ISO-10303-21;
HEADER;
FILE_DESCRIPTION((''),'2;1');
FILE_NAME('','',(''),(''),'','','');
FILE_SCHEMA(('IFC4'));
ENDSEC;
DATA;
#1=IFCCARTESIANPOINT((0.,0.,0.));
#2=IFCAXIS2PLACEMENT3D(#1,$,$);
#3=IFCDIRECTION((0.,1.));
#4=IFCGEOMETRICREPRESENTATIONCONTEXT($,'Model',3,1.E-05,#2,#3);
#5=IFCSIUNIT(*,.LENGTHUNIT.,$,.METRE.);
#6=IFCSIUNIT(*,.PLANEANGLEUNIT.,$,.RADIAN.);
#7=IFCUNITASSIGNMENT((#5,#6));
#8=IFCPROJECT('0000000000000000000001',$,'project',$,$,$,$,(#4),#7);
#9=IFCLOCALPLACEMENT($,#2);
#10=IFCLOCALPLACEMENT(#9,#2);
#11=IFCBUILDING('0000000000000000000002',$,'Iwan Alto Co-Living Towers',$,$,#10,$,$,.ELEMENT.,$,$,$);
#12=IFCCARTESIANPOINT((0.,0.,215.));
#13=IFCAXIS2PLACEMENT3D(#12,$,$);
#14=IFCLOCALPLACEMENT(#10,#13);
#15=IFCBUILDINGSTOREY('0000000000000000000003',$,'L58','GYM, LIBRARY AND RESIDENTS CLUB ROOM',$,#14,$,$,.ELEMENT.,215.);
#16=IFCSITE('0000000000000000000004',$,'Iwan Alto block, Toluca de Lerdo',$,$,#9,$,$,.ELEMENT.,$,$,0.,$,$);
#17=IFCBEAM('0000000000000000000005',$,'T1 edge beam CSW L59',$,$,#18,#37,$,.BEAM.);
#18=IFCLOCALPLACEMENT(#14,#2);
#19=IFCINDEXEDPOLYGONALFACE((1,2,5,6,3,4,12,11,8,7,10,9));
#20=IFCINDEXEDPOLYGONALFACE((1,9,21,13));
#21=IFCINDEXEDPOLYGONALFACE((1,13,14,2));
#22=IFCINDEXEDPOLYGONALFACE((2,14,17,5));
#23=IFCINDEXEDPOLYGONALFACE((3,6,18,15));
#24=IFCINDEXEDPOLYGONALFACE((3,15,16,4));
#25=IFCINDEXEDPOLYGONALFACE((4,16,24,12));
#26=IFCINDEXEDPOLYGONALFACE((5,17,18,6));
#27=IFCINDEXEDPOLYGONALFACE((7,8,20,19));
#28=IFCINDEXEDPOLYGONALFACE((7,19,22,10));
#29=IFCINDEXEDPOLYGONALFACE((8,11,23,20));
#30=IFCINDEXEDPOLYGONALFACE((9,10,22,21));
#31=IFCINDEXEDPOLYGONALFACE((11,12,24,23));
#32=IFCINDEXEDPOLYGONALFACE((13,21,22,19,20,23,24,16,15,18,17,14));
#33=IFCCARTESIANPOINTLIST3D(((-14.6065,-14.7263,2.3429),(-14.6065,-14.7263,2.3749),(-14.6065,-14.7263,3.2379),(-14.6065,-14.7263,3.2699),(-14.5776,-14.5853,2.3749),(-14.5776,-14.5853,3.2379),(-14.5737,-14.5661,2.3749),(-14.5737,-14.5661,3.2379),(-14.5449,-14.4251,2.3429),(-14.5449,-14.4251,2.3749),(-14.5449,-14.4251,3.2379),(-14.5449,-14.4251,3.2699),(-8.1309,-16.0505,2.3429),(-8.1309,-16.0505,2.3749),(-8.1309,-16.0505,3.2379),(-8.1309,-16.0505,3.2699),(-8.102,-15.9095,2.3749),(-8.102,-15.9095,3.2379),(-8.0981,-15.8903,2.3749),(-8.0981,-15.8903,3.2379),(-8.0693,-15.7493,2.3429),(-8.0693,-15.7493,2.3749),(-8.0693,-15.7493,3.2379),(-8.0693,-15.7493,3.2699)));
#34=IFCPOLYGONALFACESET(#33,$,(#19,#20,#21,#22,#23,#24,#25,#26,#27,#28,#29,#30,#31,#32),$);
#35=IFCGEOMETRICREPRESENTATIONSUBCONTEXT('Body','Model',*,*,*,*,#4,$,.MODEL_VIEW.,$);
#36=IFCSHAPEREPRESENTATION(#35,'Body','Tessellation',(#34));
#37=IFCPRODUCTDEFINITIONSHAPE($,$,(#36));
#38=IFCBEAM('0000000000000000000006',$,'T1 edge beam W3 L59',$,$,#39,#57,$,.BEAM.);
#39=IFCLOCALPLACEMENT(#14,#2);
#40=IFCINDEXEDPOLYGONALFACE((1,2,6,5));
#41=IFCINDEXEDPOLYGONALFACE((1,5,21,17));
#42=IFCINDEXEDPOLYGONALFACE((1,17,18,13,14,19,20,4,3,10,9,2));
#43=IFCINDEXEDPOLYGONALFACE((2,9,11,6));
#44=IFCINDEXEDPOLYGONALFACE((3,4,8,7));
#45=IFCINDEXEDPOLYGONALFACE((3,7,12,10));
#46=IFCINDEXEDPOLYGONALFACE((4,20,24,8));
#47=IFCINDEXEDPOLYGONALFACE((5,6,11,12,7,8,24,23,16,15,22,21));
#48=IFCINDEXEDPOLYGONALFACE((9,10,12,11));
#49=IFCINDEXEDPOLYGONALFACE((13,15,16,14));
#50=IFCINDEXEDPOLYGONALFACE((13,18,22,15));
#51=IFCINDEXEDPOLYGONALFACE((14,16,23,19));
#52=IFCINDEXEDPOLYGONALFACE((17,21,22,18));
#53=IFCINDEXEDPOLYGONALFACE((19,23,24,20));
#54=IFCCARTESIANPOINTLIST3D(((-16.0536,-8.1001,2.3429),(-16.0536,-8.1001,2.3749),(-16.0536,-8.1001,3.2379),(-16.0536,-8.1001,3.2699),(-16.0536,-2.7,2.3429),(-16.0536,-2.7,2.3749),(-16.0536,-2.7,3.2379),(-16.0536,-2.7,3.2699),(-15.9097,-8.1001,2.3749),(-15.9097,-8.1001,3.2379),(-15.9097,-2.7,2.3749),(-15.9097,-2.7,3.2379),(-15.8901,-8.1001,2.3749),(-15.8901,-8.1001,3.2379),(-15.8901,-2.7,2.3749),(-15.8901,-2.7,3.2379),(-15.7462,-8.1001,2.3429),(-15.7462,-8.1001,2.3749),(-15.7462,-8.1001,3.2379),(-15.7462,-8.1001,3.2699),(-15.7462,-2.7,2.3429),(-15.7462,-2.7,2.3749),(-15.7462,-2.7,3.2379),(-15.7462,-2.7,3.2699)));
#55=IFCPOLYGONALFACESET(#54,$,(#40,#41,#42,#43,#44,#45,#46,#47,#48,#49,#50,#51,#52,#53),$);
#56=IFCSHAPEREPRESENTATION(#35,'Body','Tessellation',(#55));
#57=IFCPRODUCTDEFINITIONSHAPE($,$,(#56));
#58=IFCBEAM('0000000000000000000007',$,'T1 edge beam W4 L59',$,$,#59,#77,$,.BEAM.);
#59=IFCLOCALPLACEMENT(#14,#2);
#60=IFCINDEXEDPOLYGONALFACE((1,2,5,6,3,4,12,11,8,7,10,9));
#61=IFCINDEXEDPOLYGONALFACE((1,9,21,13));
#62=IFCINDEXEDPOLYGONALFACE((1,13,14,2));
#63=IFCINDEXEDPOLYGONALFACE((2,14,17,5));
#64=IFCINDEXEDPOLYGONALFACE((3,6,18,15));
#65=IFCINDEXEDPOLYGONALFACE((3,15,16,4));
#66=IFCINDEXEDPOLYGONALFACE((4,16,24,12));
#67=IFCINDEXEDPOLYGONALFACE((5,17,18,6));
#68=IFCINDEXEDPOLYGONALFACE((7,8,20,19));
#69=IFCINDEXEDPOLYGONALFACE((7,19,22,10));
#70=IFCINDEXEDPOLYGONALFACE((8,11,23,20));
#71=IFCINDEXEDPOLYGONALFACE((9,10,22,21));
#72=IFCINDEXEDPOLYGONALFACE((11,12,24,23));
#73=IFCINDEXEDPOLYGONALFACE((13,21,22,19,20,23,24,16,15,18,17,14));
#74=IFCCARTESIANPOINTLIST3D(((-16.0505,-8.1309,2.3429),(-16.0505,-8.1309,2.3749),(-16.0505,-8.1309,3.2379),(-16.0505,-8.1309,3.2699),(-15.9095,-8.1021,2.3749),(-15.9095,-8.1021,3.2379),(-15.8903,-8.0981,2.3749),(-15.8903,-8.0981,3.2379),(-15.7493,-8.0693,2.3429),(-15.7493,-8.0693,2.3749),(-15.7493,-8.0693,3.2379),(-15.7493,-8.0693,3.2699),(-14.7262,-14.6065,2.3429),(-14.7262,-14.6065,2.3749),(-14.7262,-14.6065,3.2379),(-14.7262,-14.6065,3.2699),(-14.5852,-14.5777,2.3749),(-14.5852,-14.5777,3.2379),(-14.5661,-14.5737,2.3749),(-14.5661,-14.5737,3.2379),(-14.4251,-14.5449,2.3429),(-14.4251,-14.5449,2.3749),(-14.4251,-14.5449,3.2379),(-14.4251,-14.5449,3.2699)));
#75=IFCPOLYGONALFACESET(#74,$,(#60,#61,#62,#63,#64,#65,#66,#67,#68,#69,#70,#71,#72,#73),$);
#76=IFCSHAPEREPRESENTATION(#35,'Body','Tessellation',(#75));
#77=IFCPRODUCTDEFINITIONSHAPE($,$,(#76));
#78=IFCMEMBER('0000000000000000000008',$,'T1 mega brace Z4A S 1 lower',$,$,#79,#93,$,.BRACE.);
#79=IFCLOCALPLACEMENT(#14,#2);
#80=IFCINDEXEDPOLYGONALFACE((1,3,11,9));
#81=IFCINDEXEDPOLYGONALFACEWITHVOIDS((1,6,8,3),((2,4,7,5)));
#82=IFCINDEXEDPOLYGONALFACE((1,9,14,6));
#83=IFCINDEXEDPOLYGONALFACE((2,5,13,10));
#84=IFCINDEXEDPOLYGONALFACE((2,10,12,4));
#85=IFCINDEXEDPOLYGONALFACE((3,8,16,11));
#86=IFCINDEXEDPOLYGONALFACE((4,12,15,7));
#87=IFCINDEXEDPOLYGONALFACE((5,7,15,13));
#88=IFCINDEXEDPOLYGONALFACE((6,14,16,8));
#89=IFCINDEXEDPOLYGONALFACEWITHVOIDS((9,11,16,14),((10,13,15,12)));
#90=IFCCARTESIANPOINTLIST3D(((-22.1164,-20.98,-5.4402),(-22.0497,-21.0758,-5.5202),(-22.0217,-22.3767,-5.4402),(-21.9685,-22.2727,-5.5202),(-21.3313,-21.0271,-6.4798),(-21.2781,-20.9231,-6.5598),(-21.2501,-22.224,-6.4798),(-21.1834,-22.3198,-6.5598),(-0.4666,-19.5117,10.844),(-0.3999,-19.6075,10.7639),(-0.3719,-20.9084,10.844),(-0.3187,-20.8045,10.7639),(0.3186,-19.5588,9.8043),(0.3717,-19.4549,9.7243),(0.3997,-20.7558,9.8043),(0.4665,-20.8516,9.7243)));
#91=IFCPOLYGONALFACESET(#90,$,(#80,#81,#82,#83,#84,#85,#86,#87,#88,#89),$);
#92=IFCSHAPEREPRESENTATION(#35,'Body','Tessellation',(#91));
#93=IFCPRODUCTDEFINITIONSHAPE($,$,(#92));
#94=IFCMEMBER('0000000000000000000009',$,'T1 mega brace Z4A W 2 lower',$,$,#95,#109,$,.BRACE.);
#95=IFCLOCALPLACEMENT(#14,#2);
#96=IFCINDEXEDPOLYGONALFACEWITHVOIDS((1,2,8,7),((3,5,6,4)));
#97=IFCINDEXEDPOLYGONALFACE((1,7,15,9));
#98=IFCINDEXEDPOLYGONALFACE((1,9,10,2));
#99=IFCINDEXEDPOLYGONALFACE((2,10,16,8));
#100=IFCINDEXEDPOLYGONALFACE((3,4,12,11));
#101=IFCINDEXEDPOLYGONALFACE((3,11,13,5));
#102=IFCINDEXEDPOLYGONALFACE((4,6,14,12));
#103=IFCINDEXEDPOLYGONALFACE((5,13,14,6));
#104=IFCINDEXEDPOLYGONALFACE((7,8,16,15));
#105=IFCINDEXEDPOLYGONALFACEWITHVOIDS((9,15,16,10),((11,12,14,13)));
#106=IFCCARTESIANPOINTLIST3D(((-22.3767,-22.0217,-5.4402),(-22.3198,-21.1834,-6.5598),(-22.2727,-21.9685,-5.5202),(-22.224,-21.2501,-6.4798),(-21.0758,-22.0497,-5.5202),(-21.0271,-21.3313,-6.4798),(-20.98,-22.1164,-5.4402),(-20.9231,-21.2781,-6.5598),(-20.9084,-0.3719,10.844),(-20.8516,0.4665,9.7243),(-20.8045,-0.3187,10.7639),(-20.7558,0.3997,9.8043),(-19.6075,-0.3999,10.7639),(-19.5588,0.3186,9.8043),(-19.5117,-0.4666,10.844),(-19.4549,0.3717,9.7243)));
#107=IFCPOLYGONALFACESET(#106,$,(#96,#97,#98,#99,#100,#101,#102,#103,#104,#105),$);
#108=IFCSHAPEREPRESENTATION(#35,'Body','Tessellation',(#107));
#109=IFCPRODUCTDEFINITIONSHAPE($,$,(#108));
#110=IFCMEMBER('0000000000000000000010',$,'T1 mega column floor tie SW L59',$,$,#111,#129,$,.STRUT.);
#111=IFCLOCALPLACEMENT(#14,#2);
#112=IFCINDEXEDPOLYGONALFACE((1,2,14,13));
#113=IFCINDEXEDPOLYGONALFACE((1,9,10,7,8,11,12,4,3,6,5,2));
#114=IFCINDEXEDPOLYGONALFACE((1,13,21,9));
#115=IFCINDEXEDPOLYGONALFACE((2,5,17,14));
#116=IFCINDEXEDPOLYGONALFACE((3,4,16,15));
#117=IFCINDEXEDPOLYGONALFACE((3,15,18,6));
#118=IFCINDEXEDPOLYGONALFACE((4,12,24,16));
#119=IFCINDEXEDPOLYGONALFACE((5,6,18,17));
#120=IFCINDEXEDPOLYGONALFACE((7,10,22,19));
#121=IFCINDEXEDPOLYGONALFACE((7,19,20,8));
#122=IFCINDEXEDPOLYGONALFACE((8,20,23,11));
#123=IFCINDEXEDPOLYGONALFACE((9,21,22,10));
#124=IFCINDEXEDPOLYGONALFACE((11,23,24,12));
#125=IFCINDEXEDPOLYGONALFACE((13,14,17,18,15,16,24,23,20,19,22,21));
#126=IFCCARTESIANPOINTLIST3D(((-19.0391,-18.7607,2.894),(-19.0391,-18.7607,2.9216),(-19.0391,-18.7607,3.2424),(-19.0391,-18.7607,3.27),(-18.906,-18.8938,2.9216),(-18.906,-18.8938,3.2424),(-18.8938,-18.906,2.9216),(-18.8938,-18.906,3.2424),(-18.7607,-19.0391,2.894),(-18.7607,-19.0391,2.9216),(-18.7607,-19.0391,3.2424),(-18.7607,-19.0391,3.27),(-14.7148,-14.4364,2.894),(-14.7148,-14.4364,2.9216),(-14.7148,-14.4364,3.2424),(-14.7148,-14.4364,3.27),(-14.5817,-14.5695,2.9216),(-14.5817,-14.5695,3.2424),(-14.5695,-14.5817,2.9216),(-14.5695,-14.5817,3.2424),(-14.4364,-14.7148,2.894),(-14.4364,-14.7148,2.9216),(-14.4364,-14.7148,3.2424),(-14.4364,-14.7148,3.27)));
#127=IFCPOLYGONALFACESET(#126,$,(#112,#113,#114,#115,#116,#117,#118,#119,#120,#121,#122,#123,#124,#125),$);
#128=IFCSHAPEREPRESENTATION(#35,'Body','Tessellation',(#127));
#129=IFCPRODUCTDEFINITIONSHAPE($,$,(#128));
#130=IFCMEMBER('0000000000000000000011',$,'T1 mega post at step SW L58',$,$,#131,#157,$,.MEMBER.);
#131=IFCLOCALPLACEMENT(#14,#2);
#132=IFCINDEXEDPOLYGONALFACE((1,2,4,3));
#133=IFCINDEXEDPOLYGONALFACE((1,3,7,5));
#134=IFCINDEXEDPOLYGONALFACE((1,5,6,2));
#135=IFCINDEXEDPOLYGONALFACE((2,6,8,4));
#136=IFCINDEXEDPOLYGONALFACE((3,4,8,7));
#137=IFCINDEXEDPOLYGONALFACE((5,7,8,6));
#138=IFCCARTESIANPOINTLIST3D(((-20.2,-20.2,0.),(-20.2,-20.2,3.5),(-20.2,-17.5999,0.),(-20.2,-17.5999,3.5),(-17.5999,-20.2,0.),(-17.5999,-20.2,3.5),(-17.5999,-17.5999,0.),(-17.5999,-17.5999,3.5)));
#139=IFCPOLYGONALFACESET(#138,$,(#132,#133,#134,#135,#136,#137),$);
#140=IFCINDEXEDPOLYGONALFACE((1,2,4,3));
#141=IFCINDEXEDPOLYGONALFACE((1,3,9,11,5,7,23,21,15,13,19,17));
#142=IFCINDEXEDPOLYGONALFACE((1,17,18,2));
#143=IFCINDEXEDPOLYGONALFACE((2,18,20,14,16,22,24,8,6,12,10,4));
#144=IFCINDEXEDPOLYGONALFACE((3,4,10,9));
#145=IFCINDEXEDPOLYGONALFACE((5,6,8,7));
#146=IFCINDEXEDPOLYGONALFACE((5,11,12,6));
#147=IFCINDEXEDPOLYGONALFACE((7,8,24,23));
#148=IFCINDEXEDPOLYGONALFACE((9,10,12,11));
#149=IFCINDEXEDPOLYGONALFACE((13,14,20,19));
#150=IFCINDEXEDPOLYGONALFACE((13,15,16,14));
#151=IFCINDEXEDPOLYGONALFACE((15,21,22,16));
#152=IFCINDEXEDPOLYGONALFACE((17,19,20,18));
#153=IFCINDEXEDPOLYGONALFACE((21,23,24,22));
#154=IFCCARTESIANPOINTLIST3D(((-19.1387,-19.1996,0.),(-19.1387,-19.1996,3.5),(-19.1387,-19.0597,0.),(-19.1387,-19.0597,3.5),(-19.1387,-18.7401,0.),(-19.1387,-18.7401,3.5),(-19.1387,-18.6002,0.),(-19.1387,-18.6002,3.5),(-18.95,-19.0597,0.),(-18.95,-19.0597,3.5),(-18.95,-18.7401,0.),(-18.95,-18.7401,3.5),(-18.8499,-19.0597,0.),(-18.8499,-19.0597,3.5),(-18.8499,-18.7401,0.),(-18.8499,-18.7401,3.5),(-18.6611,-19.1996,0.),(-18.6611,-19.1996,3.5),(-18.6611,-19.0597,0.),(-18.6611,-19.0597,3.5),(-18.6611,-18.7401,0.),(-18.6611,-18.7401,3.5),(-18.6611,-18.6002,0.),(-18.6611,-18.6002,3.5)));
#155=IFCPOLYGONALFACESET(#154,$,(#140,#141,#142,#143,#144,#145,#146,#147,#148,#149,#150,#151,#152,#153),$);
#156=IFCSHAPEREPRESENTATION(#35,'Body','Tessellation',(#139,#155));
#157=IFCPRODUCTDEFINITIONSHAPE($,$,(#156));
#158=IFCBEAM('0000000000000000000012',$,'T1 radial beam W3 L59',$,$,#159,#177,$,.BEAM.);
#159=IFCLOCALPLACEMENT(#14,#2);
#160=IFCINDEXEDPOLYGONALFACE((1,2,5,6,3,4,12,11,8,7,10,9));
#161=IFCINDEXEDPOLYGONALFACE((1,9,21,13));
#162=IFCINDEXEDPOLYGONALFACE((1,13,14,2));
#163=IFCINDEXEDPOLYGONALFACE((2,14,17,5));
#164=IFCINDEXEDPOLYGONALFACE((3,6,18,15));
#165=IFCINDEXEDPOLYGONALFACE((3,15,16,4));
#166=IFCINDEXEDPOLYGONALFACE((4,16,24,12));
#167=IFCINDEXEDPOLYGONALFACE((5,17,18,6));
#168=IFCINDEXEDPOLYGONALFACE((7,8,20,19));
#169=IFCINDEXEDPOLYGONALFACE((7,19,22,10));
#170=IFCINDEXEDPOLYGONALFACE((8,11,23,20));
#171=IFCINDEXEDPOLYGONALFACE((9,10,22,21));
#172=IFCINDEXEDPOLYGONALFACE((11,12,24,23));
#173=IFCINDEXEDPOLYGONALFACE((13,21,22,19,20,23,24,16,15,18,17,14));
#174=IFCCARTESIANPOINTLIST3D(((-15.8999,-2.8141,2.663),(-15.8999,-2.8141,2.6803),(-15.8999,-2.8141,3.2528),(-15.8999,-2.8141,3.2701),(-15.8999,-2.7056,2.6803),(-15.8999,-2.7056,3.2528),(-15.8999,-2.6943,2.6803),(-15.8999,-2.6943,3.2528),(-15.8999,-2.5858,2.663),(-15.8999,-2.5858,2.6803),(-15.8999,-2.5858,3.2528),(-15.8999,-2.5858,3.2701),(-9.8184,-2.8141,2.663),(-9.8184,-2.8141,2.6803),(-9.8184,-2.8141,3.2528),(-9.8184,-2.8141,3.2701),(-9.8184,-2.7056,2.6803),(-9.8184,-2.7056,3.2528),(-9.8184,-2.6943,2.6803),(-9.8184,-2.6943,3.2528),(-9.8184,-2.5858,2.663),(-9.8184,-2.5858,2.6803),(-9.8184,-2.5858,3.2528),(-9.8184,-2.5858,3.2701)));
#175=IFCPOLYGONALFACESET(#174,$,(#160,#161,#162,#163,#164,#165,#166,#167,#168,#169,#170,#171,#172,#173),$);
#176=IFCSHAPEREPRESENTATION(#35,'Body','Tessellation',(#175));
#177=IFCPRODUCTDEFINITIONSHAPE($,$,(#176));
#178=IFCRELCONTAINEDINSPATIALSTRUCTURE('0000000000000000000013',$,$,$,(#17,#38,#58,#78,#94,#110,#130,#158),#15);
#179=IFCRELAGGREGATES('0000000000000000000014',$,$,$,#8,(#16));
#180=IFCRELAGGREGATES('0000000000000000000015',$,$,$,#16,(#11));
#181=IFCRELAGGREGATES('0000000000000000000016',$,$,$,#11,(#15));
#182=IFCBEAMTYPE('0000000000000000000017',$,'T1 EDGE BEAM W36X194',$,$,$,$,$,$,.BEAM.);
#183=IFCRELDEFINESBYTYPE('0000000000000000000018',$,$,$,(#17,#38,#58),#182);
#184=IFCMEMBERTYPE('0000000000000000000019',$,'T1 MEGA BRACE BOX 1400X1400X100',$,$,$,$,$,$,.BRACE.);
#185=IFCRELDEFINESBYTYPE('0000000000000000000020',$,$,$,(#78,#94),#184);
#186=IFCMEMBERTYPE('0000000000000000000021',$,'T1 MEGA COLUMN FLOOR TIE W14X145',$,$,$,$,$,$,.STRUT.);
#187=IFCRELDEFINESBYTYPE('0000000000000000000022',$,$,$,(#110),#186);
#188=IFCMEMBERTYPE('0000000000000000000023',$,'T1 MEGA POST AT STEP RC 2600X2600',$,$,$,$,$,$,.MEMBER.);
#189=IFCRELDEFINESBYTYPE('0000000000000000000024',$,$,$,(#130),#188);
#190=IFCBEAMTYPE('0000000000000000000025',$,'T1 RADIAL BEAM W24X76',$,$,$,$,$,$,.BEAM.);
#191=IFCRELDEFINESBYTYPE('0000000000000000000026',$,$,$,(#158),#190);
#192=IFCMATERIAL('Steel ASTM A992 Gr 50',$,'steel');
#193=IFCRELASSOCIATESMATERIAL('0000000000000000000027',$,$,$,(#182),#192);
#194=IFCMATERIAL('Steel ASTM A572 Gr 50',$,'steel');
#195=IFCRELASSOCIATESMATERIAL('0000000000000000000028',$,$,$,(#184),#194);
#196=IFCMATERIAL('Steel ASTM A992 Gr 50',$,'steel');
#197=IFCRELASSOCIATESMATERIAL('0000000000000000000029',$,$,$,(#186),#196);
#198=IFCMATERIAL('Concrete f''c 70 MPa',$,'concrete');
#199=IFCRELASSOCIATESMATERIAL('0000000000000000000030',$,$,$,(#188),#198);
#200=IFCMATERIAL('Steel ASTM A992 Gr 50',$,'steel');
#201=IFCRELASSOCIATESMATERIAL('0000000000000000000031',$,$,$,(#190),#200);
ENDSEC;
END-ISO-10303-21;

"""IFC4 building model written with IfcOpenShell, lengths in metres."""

from ifc_helpers import new_model, si_unit, direction, frame, origin, origin_2d, place, context, subcontext, project, spatial, rectangle, hollow_rectangle, i_section, extrude, material, material_profile, profile_set, type_object, element, save


model = new_model("IFC4")

# Units and contexts
model_context = context("Model", 3, precision=1e-05, world=origin(), true_north=direction((0.0, 1.0)))
body_context = subcontext(model_context, "Body", "Model", "MODEL_VIEW")
ifc_project = project(units=[si_unit("LENGTHUNIT", "METRE"), si_unit("PLANEANGLEUNIT", "RADIAN")], contexts=[model_context])

# Site, building, storey
site_placement = place(None, origin())
site = spatial("IfcSite", under=ifc_project, at=site_placement, Name="Iwan Alto block, Toluca de Lerdo", CompositionType="ELEMENT", RefElevation=0.0)
building_placement = place(site_placement, origin())
building = spatial("IfcBuilding", under=site, at=building_placement, Name="Iwan Alto Co-Living Towers", CompositionType="ELEMENT")
storey_placement = place(building_placement, frame((0.0, 0.0, 215.0)))
storey = spatial("IfcBuildingStorey", under=building, at=storey_placement, Name="L58", Description="GYM, LIBRARY AND RESIDENTS CLUB ROOM", CompositionType="ELEMENT", Elevation=215.0)

# Beams
ifc_material_1 = material(Name="Steel ASTM A992 Gr 50", Category="steel")
ifc_material_profile_1 = material_profile(ifc_material_1, i_section(OverallWidth=0.3074, OverallDepth=0.927, WebThickness=0.0195, FlangeThickness=0.032, at=origin_2d()), Name="W36X194")
ifc_profile_set_1 = profile_set([ifc_material_profile_1], Name="Steel ASTM A992 Gr 50")
beam_type_1 = type_object("IfcBeamType", Name="T1 EDGE BEAM W36X194", PredefinedType="BEAM", material=ifc_profile_set_1)
beam_1_placement = place(storey_placement, frame((-14.5757, -14.5757, 2.8064), z_axis=(0.979725, -0.200348, 0.0), x_axis=(0.200348, 0.979725, 0.0)))
element("IfcBeam", 1, at=beam_1_placement, inside=storey, type_object=beam_type_1, Name="T1 edge beam CSW L59", PredefinedType="BEAM", context=body_context, shape_type="SweptSolid", body=[
    extrude(i_section(OverallWidth=0.3074, OverallDepth=0.927, WebThickness=0.0195, FlangeThickness=0.032, at=origin_2d()), origin(), (0.0, 0.0, 1.0), 6.6096),
])
beam_2_placement = place(storey_placement, frame((-15.8999, -2.7, 2.8064), z_axis=(0.0, -1.0, 0.0), x_axis=(1.0, 0.0, 0.0)))
element("IfcBeam", 2, at=beam_2_placement, inside=storey, type_object=beam_type_1, Name="T1 edge beam W3 L59", PredefinedType="BEAM", context=body_context, shape_type="SweptSolid", body=[
    extrude(i_section(OverallWidth=0.3074, OverallDepth=0.927, WebThickness=0.0195, FlangeThickness=0.032, at=origin_2d()), origin(), (0.0, 0.0, 1.0), 5.4001),
])
beam_3_placement = place(storey_placement, frame((-15.8999, -8.1001, 2.8064), z_axis=(0.200348, -0.979725, 0.0), x_axis=(0.979725, 0.200348, 0.0)))
element("IfcBeam", 3, at=beam_3_placement, inside=storey, type_object=beam_type_1, Name="T1 edge beam W4 L59", PredefinedType="BEAM", context=body_context, shape_type="SweptSolid", body=[
    extrude(i_section(OverallWidth=0.3074, OverallDepth=0.927, WebThickness=0.0195, FlangeThickness=0.032, at=origin_2d()), origin(), (0.0, 0.0, 1.0), 6.6096),
])

# Members
ifc_material_2 = material(Name="Steel ASTM A572 Gr 50", Category="steel")
ifc_material_profile_2 = material_profile(ifc_material_2, hollow_rectangle(XDim=1.3999, YDim=1.3999, WallThickness=0.1001, at=origin_2d()), Name="BOX 1400X1400X100")
ifc_profile_set_2 = profile_set([ifc_material_profile_2], Name="Steel ASTM A572 Gr 50")
member_type_1 = type_object("IfcMemberType", Name="T1 MEGA BRACE BOX 1400X1400X100", PredefinedType="BRACE", material=ifc_profile_set_2)
for number, where, z_axis, x_axis, name in (
    (4, (-21.6499, -21.6499, -6.0), (0.798, 0.054119, 0.600223), (-0.067663, 0.997708, 0.0), "T1 mega brace Z4A S 1 lower"),
    (5, (-21.6499, -21.6499, -6.0), (0.054119, 0.798, 0.600223), (-0.997708, 0.067663, 0.0), "T1 mega brace Z4A W 2 lower"),
):
    element("IfcMember", number, at=place(storey_placement, frame(where, z_axis=z_axis, x_axis=x_axis)), inside=storey, type_object=member_type_1, Name=name, PredefinedType="BRACE", context=body_context, shape_type="SweptSolid", body=[
        extrude(hollow_rectangle(XDim=1.3999, YDim=1.3999, WallThickness=0.1001, at=origin_2d()), origin(), (0.0, 0.0, 1.0), 27.1301),
    ])
ifc_material_3 = material(Name="Steel ASTM A992 Gr 50", Category="steel")
ifc_material_profile_3 = material_profile(ifc_material_3, i_section(OverallWidth=0.3938, OverallDepth=0.376, WebThickness=0.0173, FlangeThickness=0.0276, at=origin_2d()), Name="W14X145")
ifc_profile_set_3 = profile_set([ifc_material_profile_3], Name="Steel ASTM A992 Gr 50")
member_type_2 = type_object("IfcMemberType", Name="T1 MEGA COLUMN FLOOR TIE W14X145", PredefinedType="STRUT", material=ifc_profile_set_3)
member_1_placement = place(storey_placement, frame((-18.8999, -18.8999, 3.082), z_axis=(0.707107, 0.707107, 0.0), x_axis=(-0.707107, 0.707107, 0.0)))
element("IfcMember", 6, at=member_1_placement, inside=storey, type_object=member_type_2, Name="T1 mega column floor tie SW L59", PredefinedType="STRUT", context=body_context, shape_type="SweptSolid", body=[
    extrude(i_section(OverallWidth=0.3938, OverallDepth=0.376, WebThickness=0.0173, FlangeThickness=0.0276, at=origin_2d()), origin(), (0.0, 0.0, 1.0), 6.1155),
])
ifc_material_4 = material(Name="Concrete f'c 70 MPa", Category="concrete")
ifc_material_profile_4 = material_profile(ifc_material_4, rectangle(XDim=2.6001, YDim=2.6001, at=origin_2d()), Name="RC 2600X2600")
ifc_profile_set_4 = profile_set([ifc_material_profile_4], Name="Concrete f'c 70 MPa")
member_type_3 = type_object("IfcMemberType", Name="T1 MEGA POST AT STEP RC 2600X2600", PredefinedType="MEMBER", material=ifc_profile_set_4)
member_2_placement = place(storey_placement, frame((-18.8999, -18.8999, 0.0), z_axis=(0.0, 0.0, 1.0), x_axis=(1.0, 0.0, 0.0)))
element("IfcMember", 7, at=member_2_placement, inside=storey, type_object=member_type_3, Name="T1 mega post at step SW L58", PredefinedType="MEMBER", context=body_context, shape_type="SweptSolid", body=[
    extrude(rectangle(XDim=2.6001, YDim=2.6001, at=origin_2d()), origin(), (0.0, 0.0, 1.0), 3.5),
    extrude(i_section(OverallWidth=0.4775, OverallDepth=0.5994, WebThickness=0.1001, FlangeThickness=0.1399, at=origin_2d()), origin(), (0.0, 0.0, 1.0), 3.5),
])

# Beam
ifc_material_5 = material(Name="Steel ASTM A992 Gr 50", Category="steel")
ifc_material_profile_5 = material_profile(ifc_material_5, i_section(OverallWidth=0.2283, OverallDepth=0.6072, WebThickness=0.0112, FlangeThickness=0.0173, at=origin_2d()), Name="W24X76")
ifc_profile_set_5 = profile_set([ifc_material_profile_5], Name="Steel ASTM A992 Gr 50")
beam_type_2 = type_object("IfcBeamType", Name="T1 RADIAL BEAM W24X76", PredefinedType="BEAM", material=ifc_profile_set_5)
for number, where, z_axis, x_axis, name in (
    (8, (-15.8999, -2.7, 2.9666), (1.0, 0.0, 0.0), (0.0, 1.0, 0.0), "T1 radial beam W3 L59"),
):
    element("IfcBeam", number, at=place(storey_placement, frame(where, z_axis=z_axis, x_axis=x_axis)), inside=storey, type_object=beam_type_2, Name=name, PredefinedType="BEAM", context=body_context, shape_type="SweptSolid", body=[
        extrude(i_section(OverallWidth=0.2283, OverallDepth=0.6072, WebThickness=0.0112, FlangeThickness=0.0173, at=origin_2d()), origin(), (0.0, 0.0, 1.0), 6.0815),
    ])

save(model, "model.ifc")
